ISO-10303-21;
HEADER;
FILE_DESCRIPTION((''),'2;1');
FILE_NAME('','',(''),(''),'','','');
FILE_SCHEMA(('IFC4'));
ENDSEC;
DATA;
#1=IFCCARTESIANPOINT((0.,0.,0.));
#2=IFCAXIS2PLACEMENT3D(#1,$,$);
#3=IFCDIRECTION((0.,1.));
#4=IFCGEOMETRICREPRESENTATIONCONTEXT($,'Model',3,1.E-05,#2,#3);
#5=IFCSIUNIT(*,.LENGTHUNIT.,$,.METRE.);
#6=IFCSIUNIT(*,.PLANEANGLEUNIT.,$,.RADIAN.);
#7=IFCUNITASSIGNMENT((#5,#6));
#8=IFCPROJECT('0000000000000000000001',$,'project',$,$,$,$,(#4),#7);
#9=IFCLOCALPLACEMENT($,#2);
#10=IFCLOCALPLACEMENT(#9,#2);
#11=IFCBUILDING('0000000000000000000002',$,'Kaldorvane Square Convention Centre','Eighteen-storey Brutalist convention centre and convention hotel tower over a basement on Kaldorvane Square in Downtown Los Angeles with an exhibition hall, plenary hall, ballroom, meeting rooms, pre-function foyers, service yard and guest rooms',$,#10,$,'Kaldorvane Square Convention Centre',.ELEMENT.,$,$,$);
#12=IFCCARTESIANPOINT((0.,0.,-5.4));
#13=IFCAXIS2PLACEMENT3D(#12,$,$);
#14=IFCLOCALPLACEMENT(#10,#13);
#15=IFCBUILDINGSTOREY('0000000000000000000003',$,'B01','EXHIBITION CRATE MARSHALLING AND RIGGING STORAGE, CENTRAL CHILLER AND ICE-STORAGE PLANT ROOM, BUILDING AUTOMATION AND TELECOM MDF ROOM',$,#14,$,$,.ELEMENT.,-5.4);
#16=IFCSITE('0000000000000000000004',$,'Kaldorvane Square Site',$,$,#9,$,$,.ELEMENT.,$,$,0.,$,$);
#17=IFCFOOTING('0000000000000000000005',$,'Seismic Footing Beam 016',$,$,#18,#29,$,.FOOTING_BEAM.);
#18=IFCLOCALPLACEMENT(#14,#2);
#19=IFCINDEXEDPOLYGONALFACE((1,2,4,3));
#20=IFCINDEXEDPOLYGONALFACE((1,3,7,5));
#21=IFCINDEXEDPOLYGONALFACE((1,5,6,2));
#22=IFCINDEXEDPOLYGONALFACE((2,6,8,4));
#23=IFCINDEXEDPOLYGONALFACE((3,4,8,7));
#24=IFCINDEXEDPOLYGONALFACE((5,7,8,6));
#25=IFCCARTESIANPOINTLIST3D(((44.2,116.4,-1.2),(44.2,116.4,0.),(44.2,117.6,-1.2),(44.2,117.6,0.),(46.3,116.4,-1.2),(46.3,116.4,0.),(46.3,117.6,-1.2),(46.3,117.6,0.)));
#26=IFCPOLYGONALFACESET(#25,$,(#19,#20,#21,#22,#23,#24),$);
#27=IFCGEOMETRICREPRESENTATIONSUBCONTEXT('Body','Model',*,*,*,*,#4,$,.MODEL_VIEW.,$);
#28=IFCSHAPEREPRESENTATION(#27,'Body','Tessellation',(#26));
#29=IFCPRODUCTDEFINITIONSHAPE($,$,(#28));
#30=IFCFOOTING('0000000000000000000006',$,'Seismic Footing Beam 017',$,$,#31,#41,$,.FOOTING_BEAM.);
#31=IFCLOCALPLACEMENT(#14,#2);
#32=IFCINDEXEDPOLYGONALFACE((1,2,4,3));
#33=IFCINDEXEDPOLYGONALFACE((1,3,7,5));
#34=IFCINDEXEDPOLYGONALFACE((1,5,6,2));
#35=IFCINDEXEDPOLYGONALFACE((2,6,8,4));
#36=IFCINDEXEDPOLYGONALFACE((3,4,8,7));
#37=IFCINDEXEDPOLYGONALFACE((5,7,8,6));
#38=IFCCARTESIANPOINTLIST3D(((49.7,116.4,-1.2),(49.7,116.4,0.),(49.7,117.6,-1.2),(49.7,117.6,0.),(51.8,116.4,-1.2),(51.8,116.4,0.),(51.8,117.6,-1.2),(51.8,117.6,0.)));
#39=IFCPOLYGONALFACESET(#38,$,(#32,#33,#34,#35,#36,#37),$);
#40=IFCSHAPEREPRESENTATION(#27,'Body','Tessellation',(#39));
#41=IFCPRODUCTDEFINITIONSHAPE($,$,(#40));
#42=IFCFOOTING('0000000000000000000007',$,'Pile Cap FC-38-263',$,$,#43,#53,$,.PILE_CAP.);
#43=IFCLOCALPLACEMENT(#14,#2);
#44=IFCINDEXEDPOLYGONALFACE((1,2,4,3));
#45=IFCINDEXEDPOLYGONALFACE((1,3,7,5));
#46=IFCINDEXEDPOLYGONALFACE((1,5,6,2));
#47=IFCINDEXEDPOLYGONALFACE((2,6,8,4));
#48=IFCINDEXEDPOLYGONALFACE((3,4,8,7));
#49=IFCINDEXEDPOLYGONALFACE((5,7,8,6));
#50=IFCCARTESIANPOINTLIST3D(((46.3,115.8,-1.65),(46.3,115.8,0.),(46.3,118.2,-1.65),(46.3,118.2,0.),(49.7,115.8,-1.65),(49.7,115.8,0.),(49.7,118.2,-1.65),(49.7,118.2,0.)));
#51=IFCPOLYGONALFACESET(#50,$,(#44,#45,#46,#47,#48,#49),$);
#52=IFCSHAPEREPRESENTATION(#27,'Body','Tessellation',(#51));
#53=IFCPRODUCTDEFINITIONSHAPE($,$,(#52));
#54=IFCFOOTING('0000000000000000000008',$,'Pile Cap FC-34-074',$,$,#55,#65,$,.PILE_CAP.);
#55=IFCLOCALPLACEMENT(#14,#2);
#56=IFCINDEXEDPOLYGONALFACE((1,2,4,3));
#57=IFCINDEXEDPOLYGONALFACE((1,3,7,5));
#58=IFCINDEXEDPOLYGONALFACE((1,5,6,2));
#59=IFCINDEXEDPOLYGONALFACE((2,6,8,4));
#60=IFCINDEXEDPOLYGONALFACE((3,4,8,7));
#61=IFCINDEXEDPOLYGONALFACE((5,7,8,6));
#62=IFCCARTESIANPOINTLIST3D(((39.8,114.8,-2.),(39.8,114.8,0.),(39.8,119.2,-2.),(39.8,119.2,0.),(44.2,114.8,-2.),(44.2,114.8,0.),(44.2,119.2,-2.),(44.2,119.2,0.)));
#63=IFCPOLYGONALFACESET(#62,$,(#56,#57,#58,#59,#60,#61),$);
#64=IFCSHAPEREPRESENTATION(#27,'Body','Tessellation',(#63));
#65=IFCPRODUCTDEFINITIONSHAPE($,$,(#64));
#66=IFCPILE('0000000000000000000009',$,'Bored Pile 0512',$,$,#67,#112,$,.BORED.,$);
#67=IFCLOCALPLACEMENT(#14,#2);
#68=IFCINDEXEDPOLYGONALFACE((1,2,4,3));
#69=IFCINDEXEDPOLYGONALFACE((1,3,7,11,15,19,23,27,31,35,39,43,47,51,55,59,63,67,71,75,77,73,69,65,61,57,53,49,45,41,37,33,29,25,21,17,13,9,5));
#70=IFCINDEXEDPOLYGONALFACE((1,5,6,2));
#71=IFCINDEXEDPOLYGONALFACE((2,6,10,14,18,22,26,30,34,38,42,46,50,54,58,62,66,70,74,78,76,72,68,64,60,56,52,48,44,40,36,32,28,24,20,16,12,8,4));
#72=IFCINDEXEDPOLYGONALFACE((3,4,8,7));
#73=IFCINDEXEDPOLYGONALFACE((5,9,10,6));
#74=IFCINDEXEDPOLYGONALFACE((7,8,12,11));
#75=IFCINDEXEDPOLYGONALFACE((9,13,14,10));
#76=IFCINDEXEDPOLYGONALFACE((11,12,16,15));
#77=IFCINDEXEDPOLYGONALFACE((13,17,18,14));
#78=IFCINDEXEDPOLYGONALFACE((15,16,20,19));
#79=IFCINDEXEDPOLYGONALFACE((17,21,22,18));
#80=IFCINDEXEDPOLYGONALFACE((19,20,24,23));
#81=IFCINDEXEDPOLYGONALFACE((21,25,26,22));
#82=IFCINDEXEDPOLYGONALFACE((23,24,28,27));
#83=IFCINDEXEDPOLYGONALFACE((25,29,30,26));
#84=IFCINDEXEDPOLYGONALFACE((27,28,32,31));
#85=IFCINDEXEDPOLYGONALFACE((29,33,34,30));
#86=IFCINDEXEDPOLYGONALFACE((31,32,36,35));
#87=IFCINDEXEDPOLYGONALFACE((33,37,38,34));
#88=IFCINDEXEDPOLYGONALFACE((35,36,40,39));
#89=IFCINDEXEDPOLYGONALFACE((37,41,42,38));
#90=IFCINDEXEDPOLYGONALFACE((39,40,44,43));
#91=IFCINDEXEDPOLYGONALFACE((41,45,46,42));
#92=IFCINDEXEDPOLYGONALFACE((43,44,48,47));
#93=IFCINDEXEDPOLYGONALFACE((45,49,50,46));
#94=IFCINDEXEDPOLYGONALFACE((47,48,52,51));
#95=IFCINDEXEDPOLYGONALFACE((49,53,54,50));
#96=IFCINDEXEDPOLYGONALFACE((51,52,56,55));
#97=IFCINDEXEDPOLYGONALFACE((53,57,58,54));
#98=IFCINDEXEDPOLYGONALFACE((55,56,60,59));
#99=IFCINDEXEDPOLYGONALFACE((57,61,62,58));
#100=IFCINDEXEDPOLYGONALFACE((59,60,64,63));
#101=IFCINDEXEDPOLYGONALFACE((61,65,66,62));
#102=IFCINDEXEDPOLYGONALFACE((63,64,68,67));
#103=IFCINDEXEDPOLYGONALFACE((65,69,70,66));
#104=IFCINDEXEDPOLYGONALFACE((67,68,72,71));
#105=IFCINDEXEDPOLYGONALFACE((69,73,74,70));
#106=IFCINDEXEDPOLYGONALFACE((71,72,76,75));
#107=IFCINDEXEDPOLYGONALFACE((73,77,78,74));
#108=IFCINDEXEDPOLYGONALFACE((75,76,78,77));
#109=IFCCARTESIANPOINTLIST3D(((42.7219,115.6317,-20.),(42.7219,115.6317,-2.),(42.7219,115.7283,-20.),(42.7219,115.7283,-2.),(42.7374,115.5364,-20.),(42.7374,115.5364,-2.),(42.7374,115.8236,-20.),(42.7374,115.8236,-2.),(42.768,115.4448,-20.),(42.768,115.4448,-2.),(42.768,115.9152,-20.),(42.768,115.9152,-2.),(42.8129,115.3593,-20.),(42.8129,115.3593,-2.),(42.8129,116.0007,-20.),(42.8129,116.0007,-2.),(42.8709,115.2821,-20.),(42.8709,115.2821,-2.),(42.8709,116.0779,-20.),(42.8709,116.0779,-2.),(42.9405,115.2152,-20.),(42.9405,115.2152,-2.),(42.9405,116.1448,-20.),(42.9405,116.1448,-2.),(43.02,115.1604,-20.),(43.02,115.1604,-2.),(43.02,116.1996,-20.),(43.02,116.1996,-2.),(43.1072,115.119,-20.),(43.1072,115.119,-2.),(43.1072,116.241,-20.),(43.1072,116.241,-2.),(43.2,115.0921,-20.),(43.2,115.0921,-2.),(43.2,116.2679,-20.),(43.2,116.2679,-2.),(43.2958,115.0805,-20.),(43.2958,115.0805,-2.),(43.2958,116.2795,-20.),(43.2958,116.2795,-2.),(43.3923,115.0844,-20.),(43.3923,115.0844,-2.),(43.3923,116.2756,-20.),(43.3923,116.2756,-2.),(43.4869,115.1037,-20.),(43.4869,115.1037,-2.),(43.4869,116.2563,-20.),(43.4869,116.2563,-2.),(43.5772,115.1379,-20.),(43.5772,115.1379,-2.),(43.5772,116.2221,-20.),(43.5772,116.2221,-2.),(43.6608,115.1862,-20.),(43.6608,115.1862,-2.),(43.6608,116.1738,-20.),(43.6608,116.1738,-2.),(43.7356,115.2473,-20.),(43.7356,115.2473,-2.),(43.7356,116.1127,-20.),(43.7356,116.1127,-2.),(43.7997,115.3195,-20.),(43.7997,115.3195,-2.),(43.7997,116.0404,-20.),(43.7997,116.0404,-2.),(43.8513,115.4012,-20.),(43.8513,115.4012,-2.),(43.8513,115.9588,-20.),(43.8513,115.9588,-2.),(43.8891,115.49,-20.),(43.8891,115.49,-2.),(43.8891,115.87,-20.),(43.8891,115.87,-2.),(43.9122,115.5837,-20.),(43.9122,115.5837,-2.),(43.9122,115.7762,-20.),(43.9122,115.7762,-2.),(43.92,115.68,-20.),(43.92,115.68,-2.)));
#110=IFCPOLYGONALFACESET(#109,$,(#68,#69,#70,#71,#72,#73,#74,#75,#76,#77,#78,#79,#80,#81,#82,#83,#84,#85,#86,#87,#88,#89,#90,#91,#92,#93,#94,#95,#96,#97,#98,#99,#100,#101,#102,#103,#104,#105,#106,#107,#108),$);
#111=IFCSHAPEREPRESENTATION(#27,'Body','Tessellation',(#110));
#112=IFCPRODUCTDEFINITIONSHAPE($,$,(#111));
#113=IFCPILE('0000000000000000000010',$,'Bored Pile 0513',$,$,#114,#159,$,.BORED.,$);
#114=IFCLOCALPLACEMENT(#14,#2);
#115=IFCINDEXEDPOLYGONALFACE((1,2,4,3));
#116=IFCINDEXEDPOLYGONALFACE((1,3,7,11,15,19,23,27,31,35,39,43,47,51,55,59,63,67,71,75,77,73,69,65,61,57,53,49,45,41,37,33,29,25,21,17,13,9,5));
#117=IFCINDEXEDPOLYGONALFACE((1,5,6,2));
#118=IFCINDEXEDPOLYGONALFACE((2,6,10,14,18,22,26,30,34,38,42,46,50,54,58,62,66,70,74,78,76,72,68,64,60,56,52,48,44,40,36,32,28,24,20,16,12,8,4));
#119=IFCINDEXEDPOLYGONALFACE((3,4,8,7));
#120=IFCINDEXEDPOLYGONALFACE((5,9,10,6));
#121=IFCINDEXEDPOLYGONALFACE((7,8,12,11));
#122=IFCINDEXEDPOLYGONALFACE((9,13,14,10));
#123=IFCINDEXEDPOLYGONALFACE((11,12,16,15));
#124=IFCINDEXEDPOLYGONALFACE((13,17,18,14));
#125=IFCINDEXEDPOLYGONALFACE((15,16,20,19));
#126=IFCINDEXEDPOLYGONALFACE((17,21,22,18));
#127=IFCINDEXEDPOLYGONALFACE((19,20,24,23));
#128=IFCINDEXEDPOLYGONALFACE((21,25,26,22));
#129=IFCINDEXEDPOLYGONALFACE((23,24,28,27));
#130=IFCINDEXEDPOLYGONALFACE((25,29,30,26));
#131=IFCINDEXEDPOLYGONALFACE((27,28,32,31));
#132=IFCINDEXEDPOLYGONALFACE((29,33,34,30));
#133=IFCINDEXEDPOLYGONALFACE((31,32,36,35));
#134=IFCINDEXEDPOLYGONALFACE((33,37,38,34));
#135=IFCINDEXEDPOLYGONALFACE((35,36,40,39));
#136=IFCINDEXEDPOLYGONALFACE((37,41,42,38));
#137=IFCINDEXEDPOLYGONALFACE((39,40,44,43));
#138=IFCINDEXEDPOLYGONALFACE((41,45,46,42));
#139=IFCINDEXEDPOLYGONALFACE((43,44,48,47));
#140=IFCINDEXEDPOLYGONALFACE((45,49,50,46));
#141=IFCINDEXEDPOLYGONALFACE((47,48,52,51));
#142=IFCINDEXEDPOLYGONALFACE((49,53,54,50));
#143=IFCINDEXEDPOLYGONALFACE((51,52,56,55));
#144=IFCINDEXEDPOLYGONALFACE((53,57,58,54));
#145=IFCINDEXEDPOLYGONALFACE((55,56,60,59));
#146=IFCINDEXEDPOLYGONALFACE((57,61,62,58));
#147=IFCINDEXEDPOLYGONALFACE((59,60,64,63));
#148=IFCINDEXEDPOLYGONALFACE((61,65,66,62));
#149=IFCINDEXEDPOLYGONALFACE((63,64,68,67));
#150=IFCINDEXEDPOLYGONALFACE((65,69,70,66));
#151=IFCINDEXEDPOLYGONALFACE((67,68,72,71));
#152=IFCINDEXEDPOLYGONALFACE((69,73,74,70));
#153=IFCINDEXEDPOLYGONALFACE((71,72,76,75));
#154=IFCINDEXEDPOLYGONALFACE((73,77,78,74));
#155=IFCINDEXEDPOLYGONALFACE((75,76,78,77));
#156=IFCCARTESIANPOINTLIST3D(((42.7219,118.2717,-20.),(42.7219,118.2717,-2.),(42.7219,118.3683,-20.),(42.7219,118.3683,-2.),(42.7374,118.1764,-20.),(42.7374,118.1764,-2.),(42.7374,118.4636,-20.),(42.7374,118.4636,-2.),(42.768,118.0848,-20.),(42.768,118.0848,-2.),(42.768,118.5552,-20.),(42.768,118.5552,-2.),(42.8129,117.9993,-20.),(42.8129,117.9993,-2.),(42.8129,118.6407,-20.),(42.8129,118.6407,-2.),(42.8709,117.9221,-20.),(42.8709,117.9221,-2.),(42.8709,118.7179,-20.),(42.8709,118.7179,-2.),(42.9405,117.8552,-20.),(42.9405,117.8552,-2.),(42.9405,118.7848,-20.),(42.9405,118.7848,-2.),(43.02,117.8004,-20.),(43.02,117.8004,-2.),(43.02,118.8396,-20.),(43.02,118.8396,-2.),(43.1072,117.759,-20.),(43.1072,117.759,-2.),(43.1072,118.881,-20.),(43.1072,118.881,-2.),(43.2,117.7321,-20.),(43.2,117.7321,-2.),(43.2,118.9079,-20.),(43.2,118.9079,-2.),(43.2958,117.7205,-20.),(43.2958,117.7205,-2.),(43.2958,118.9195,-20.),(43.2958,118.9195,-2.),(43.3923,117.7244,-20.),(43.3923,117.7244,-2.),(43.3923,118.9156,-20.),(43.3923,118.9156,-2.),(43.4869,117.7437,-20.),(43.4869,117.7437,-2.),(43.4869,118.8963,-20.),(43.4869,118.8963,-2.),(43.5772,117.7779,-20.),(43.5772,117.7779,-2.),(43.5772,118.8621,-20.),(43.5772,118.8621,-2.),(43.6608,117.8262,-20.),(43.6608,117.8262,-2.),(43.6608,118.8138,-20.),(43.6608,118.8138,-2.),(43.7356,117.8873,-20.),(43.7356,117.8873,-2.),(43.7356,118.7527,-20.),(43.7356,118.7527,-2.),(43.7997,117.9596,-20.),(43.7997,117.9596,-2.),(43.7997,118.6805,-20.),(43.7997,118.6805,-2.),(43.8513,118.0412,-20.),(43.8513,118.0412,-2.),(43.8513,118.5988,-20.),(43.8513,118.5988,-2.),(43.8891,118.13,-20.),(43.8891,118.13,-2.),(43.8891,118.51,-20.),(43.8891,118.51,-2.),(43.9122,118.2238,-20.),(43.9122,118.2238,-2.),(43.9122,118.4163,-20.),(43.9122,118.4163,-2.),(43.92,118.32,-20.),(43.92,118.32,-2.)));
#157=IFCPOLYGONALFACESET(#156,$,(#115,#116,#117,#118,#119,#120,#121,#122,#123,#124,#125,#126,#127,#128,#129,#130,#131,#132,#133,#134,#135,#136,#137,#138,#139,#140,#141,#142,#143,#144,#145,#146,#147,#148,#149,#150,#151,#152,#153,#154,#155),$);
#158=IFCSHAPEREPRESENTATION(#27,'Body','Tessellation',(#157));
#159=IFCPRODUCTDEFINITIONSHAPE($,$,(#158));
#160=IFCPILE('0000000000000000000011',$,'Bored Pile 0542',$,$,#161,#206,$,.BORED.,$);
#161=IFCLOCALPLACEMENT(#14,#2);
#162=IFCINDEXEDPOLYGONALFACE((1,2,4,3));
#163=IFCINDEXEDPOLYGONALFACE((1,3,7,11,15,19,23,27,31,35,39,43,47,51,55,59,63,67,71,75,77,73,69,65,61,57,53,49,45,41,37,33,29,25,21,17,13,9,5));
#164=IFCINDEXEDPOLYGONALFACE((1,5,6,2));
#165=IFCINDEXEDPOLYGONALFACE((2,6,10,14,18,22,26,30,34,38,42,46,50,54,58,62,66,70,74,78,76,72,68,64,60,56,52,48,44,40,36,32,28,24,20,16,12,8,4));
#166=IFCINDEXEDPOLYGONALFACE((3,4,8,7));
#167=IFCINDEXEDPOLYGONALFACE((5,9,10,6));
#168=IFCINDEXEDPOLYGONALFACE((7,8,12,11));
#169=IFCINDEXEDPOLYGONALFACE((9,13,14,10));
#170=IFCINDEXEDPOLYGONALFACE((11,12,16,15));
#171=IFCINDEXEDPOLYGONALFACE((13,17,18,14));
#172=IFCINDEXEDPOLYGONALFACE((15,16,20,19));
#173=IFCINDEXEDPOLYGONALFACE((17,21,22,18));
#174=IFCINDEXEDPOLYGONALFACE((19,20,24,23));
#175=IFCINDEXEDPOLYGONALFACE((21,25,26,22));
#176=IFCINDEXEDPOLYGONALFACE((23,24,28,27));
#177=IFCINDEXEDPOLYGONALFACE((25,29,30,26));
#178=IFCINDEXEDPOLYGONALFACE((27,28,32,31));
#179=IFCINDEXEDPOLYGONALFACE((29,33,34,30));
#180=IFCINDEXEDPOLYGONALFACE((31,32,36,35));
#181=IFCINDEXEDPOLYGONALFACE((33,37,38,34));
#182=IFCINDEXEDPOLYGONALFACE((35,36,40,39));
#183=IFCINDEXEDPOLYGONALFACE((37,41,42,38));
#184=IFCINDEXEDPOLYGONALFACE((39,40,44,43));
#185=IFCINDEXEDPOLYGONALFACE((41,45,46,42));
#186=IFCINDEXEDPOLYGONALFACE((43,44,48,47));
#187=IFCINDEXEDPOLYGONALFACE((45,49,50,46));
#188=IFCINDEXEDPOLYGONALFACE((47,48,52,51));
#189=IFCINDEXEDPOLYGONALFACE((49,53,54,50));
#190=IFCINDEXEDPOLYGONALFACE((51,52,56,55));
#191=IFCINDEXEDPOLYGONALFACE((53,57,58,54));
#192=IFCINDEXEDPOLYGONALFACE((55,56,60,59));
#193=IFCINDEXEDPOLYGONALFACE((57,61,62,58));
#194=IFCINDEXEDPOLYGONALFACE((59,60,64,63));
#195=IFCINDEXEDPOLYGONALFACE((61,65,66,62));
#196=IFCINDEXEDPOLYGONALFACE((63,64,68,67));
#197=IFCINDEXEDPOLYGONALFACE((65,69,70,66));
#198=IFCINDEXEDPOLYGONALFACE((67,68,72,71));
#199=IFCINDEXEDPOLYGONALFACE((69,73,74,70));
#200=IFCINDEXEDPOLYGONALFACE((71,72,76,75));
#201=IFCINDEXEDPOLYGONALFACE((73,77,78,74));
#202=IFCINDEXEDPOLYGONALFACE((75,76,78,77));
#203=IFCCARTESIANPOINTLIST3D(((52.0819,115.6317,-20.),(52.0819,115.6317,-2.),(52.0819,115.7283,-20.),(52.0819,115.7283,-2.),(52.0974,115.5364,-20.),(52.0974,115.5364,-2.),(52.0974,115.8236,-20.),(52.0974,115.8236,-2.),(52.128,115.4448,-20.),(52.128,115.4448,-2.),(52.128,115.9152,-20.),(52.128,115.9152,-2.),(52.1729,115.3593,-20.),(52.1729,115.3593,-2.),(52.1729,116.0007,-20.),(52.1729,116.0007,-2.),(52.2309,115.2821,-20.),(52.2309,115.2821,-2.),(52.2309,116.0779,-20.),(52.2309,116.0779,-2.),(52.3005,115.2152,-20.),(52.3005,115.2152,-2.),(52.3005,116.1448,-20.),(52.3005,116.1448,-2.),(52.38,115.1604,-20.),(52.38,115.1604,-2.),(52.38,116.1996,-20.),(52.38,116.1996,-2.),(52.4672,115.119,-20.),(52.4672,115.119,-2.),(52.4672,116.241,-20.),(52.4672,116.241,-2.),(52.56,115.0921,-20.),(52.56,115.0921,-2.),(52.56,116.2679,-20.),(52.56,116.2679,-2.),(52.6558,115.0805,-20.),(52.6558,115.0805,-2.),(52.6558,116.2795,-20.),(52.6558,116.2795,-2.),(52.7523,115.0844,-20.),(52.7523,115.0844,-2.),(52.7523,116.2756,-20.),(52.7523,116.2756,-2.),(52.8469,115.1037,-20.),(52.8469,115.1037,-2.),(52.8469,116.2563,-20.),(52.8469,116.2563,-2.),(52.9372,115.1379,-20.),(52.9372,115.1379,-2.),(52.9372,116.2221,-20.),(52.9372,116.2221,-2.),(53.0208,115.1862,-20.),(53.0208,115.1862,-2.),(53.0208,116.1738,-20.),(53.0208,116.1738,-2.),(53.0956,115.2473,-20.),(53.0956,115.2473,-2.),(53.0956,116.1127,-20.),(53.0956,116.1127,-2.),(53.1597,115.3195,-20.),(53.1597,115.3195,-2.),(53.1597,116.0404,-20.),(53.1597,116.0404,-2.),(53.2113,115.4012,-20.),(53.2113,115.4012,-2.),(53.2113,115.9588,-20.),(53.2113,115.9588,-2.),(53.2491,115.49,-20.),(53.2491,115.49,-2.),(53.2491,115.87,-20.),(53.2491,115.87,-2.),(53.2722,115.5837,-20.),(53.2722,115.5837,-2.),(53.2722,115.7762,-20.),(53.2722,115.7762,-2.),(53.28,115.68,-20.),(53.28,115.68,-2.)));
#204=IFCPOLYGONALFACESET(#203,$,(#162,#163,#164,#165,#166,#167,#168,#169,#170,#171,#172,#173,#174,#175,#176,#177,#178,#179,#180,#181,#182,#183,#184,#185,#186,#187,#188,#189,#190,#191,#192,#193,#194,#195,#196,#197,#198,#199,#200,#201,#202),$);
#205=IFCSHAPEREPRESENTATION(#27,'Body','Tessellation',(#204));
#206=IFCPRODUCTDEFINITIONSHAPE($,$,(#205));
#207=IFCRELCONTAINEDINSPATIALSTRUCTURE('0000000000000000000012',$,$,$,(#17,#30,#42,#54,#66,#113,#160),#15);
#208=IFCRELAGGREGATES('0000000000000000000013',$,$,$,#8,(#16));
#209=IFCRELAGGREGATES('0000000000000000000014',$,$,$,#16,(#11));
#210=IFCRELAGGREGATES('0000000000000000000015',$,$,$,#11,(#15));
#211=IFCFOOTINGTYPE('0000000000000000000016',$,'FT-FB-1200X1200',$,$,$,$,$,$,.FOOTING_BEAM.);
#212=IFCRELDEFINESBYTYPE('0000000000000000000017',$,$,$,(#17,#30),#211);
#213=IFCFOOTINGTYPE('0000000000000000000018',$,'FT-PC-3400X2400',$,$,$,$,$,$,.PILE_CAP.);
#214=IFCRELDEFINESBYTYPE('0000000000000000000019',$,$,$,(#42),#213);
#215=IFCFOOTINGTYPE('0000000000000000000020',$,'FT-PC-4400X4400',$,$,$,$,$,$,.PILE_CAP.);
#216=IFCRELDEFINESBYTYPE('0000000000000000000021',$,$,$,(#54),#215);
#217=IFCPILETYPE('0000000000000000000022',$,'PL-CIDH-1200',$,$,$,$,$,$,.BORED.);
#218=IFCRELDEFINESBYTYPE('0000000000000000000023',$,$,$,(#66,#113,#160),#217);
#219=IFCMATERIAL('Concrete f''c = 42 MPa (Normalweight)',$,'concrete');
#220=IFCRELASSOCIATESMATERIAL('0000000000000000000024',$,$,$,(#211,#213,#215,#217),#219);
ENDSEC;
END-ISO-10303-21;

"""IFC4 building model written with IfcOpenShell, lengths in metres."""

from ifc_helpers import new_model, si_unit, direction, frame, origin, origin_2d, place, context, subcontext, project, spatial, rectangle, circle, extrude, material, material_profile, profile_set, type_object, element, save


model = new_model("IFC4")

# Units and contexts
model_context = context("Model", 3, precision=1e-05, world=origin(), true_north=direction((0.0, 1.0)))
body_context = subcontext(model_context, "Body", "Model", "MODEL_VIEW")
ifc_project = project(units=[si_unit("LENGTHUNIT", "METRE"), si_unit("PLANEANGLEUNIT", "RADIAN")], contexts=[model_context])

# Site, building, storey
site_placement = place(None, origin())
site = spatial("IfcSite", under=ifc_project, at=site_placement, Name="Kaldorvane Square Site", CompositionType="ELEMENT", RefElevation=0.0)
building_placement = place(site_placement, origin())
building = spatial("IfcBuilding", under=site, at=building_placement, Name="Kaldorvane Square Convention Centre", Description="Eighteen-storey Brutalist convention centre and convention hotel tower over a basement on Kaldorvane Square in Downtown Los Angeles with an exhibition hall, plenary hall, ballroom, meeting rooms, pre-function foyers, service yard and guest rooms", LongName="Kaldorvane Square Convention Centre", CompositionType="ELEMENT")
storey_placement = place(building_placement, frame((0.0, 0.0, -5.4)))
storey = spatial("IfcBuildingStorey", under=building, at=storey_placement, Name="B01", Description="EXHIBITION CRATE MARSHALLING AND RIGGING STORAGE, CENTRAL CHILLER AND ICE-STORAGE PLANT ROOM, BUILDING AUTOMATION AND TELECOM MDF ROOM", CompositionType="ELEMENT", Elevation=-5.4)

# Footings
ifc_material_1 = material(Name="Concrete f'c = 42 MPa (Normalweight)", Category="concrete")
footing_type_1 = type_object("IfcFootingType", Name="FT-FB-1200X1200", PredefinedType="FOOTING_BEAM", material=ifc_material_1)
for number, where, z_axis, x_axis, name in (
    (1, (45.25, 117.0, -1.2), (0.0, 0.0, 1.0), (1.0, 0.0, 0.0), "Seismic Footing Beam 016"),
    (2, (50.75, 117.0, -1.2), (0.0, 0.0, 1.0), (1.0, 0.0, 0.0), "Seismic Footing Beam 017"),
):
    element("IfcFooting", number, at=place(storey_placement, frame(where, z_axis=z_axis, x_axis=x_axis)), inside=storey, type_object=footing_type_1, Name=name, PredefinedType="FOOTING_BEAM", context=body_context, shape_type="SweptSolid", body=[
        extrude(rectangle(XDim=2.1, YDim=1.2, at=origin_2d()), origin(), (0.0, 0.0, 1.0), 1.2),
    ])
footing_type_2 = type_object("IfcFootingType", Name="FT-PC-3400X2400", PredefinedType="PILE_CAP", material=ifc_material_1)
footing_1_placement = place(storey_placement, frame((48.0, 117.0, -1.65), z_axis=(0.0, 0.0, 1.0), x_axis=(1.0, 0.0, 0.0)))
element("IfcFooting", 3, at=footing_1_placement, inside=storey, type_object=footing_type_2, Name="Pile Cap FC-38-263", PredefinedType="PILE_CAP", context=body_context, shape_type="SweptSolid", body=[
    extrude(rectangle(XDim=3.4, YDim=2.4, at=origin_2d()), origin(), (0.0, 0.0, 1.0), 1.65),
])
footing_type_3 = type_object("IfcFootingType", Name="FT-PC-4400X4400", PredefinedType="PILE_CAP", material=ifc_material_1)
footing_2_placement = place(storey_placement, frame((42.0, 117.0, -2.0), z_axis=(0.0, 0.0, 1.0), x_axis=(1.0, 0.0, 0.0)))
element("IfcFooting", 4, at=footing_2_placement, inside=storey, type_object=footing_type_3, Name="Pile Cap FC-34-074", PredefinedType="PILE_CAP", context=body_context, shape_type="SweptSolid", body=[
    extrude(rectangle(XDim=4.4, YDim=4.4, at=origin_2d()), origin(), (0.0, 0.0, 1.0), 2.0),
])

# Piles
ifc_material_profile_1 = material_profile(ifc_material_1, circle(Radius=0.6, at=origin_2d()), Name="PILE-D1200")
ifc_profile_set_1 = profile_set([ifc_material_profile_1], Name="Concrete f'c = 42 MPa (Normalweight)")
pile_type_1 = type_object("IfcPileType", Name="PL-CIDH-1200", PredefinedType="BORED", material=ifc_profile_set_1)
for number, where, z_axis, x_axis, name in (
    (5, (43.32, 115.68, -2.0), (0.0, 0.0, -1.0), (1.0, 0.0, 0.0), "Bored Pile 0512"),
    (6, (43.32, 118.32, -2.0), (0.0, 0.0, -1.0), (1.0, 0.0, 0.0), "Bored Pile 0513"),
    (7, (52.68, 115.68, -2.0), (0.0, 0.0, -1.0), (1.0, 0.0, 0.0), "Bored Pile 0542"),
):
    element("IfcPile", number, at=place(storey_placement, frame(where, z_axis=z_axis, x_axis=x_axis)), inside=storey, type_object=pile_type_1, Name=name, PredefinedType="BORED", context=body_context, shape_type="SweptSolid", body=[
        extrude(circle(Radius=0.6, at=origin_2d()), origin(), (0.0, 0.0, 1.0), 18.0),
    ])

save(model, "model.ifc")
